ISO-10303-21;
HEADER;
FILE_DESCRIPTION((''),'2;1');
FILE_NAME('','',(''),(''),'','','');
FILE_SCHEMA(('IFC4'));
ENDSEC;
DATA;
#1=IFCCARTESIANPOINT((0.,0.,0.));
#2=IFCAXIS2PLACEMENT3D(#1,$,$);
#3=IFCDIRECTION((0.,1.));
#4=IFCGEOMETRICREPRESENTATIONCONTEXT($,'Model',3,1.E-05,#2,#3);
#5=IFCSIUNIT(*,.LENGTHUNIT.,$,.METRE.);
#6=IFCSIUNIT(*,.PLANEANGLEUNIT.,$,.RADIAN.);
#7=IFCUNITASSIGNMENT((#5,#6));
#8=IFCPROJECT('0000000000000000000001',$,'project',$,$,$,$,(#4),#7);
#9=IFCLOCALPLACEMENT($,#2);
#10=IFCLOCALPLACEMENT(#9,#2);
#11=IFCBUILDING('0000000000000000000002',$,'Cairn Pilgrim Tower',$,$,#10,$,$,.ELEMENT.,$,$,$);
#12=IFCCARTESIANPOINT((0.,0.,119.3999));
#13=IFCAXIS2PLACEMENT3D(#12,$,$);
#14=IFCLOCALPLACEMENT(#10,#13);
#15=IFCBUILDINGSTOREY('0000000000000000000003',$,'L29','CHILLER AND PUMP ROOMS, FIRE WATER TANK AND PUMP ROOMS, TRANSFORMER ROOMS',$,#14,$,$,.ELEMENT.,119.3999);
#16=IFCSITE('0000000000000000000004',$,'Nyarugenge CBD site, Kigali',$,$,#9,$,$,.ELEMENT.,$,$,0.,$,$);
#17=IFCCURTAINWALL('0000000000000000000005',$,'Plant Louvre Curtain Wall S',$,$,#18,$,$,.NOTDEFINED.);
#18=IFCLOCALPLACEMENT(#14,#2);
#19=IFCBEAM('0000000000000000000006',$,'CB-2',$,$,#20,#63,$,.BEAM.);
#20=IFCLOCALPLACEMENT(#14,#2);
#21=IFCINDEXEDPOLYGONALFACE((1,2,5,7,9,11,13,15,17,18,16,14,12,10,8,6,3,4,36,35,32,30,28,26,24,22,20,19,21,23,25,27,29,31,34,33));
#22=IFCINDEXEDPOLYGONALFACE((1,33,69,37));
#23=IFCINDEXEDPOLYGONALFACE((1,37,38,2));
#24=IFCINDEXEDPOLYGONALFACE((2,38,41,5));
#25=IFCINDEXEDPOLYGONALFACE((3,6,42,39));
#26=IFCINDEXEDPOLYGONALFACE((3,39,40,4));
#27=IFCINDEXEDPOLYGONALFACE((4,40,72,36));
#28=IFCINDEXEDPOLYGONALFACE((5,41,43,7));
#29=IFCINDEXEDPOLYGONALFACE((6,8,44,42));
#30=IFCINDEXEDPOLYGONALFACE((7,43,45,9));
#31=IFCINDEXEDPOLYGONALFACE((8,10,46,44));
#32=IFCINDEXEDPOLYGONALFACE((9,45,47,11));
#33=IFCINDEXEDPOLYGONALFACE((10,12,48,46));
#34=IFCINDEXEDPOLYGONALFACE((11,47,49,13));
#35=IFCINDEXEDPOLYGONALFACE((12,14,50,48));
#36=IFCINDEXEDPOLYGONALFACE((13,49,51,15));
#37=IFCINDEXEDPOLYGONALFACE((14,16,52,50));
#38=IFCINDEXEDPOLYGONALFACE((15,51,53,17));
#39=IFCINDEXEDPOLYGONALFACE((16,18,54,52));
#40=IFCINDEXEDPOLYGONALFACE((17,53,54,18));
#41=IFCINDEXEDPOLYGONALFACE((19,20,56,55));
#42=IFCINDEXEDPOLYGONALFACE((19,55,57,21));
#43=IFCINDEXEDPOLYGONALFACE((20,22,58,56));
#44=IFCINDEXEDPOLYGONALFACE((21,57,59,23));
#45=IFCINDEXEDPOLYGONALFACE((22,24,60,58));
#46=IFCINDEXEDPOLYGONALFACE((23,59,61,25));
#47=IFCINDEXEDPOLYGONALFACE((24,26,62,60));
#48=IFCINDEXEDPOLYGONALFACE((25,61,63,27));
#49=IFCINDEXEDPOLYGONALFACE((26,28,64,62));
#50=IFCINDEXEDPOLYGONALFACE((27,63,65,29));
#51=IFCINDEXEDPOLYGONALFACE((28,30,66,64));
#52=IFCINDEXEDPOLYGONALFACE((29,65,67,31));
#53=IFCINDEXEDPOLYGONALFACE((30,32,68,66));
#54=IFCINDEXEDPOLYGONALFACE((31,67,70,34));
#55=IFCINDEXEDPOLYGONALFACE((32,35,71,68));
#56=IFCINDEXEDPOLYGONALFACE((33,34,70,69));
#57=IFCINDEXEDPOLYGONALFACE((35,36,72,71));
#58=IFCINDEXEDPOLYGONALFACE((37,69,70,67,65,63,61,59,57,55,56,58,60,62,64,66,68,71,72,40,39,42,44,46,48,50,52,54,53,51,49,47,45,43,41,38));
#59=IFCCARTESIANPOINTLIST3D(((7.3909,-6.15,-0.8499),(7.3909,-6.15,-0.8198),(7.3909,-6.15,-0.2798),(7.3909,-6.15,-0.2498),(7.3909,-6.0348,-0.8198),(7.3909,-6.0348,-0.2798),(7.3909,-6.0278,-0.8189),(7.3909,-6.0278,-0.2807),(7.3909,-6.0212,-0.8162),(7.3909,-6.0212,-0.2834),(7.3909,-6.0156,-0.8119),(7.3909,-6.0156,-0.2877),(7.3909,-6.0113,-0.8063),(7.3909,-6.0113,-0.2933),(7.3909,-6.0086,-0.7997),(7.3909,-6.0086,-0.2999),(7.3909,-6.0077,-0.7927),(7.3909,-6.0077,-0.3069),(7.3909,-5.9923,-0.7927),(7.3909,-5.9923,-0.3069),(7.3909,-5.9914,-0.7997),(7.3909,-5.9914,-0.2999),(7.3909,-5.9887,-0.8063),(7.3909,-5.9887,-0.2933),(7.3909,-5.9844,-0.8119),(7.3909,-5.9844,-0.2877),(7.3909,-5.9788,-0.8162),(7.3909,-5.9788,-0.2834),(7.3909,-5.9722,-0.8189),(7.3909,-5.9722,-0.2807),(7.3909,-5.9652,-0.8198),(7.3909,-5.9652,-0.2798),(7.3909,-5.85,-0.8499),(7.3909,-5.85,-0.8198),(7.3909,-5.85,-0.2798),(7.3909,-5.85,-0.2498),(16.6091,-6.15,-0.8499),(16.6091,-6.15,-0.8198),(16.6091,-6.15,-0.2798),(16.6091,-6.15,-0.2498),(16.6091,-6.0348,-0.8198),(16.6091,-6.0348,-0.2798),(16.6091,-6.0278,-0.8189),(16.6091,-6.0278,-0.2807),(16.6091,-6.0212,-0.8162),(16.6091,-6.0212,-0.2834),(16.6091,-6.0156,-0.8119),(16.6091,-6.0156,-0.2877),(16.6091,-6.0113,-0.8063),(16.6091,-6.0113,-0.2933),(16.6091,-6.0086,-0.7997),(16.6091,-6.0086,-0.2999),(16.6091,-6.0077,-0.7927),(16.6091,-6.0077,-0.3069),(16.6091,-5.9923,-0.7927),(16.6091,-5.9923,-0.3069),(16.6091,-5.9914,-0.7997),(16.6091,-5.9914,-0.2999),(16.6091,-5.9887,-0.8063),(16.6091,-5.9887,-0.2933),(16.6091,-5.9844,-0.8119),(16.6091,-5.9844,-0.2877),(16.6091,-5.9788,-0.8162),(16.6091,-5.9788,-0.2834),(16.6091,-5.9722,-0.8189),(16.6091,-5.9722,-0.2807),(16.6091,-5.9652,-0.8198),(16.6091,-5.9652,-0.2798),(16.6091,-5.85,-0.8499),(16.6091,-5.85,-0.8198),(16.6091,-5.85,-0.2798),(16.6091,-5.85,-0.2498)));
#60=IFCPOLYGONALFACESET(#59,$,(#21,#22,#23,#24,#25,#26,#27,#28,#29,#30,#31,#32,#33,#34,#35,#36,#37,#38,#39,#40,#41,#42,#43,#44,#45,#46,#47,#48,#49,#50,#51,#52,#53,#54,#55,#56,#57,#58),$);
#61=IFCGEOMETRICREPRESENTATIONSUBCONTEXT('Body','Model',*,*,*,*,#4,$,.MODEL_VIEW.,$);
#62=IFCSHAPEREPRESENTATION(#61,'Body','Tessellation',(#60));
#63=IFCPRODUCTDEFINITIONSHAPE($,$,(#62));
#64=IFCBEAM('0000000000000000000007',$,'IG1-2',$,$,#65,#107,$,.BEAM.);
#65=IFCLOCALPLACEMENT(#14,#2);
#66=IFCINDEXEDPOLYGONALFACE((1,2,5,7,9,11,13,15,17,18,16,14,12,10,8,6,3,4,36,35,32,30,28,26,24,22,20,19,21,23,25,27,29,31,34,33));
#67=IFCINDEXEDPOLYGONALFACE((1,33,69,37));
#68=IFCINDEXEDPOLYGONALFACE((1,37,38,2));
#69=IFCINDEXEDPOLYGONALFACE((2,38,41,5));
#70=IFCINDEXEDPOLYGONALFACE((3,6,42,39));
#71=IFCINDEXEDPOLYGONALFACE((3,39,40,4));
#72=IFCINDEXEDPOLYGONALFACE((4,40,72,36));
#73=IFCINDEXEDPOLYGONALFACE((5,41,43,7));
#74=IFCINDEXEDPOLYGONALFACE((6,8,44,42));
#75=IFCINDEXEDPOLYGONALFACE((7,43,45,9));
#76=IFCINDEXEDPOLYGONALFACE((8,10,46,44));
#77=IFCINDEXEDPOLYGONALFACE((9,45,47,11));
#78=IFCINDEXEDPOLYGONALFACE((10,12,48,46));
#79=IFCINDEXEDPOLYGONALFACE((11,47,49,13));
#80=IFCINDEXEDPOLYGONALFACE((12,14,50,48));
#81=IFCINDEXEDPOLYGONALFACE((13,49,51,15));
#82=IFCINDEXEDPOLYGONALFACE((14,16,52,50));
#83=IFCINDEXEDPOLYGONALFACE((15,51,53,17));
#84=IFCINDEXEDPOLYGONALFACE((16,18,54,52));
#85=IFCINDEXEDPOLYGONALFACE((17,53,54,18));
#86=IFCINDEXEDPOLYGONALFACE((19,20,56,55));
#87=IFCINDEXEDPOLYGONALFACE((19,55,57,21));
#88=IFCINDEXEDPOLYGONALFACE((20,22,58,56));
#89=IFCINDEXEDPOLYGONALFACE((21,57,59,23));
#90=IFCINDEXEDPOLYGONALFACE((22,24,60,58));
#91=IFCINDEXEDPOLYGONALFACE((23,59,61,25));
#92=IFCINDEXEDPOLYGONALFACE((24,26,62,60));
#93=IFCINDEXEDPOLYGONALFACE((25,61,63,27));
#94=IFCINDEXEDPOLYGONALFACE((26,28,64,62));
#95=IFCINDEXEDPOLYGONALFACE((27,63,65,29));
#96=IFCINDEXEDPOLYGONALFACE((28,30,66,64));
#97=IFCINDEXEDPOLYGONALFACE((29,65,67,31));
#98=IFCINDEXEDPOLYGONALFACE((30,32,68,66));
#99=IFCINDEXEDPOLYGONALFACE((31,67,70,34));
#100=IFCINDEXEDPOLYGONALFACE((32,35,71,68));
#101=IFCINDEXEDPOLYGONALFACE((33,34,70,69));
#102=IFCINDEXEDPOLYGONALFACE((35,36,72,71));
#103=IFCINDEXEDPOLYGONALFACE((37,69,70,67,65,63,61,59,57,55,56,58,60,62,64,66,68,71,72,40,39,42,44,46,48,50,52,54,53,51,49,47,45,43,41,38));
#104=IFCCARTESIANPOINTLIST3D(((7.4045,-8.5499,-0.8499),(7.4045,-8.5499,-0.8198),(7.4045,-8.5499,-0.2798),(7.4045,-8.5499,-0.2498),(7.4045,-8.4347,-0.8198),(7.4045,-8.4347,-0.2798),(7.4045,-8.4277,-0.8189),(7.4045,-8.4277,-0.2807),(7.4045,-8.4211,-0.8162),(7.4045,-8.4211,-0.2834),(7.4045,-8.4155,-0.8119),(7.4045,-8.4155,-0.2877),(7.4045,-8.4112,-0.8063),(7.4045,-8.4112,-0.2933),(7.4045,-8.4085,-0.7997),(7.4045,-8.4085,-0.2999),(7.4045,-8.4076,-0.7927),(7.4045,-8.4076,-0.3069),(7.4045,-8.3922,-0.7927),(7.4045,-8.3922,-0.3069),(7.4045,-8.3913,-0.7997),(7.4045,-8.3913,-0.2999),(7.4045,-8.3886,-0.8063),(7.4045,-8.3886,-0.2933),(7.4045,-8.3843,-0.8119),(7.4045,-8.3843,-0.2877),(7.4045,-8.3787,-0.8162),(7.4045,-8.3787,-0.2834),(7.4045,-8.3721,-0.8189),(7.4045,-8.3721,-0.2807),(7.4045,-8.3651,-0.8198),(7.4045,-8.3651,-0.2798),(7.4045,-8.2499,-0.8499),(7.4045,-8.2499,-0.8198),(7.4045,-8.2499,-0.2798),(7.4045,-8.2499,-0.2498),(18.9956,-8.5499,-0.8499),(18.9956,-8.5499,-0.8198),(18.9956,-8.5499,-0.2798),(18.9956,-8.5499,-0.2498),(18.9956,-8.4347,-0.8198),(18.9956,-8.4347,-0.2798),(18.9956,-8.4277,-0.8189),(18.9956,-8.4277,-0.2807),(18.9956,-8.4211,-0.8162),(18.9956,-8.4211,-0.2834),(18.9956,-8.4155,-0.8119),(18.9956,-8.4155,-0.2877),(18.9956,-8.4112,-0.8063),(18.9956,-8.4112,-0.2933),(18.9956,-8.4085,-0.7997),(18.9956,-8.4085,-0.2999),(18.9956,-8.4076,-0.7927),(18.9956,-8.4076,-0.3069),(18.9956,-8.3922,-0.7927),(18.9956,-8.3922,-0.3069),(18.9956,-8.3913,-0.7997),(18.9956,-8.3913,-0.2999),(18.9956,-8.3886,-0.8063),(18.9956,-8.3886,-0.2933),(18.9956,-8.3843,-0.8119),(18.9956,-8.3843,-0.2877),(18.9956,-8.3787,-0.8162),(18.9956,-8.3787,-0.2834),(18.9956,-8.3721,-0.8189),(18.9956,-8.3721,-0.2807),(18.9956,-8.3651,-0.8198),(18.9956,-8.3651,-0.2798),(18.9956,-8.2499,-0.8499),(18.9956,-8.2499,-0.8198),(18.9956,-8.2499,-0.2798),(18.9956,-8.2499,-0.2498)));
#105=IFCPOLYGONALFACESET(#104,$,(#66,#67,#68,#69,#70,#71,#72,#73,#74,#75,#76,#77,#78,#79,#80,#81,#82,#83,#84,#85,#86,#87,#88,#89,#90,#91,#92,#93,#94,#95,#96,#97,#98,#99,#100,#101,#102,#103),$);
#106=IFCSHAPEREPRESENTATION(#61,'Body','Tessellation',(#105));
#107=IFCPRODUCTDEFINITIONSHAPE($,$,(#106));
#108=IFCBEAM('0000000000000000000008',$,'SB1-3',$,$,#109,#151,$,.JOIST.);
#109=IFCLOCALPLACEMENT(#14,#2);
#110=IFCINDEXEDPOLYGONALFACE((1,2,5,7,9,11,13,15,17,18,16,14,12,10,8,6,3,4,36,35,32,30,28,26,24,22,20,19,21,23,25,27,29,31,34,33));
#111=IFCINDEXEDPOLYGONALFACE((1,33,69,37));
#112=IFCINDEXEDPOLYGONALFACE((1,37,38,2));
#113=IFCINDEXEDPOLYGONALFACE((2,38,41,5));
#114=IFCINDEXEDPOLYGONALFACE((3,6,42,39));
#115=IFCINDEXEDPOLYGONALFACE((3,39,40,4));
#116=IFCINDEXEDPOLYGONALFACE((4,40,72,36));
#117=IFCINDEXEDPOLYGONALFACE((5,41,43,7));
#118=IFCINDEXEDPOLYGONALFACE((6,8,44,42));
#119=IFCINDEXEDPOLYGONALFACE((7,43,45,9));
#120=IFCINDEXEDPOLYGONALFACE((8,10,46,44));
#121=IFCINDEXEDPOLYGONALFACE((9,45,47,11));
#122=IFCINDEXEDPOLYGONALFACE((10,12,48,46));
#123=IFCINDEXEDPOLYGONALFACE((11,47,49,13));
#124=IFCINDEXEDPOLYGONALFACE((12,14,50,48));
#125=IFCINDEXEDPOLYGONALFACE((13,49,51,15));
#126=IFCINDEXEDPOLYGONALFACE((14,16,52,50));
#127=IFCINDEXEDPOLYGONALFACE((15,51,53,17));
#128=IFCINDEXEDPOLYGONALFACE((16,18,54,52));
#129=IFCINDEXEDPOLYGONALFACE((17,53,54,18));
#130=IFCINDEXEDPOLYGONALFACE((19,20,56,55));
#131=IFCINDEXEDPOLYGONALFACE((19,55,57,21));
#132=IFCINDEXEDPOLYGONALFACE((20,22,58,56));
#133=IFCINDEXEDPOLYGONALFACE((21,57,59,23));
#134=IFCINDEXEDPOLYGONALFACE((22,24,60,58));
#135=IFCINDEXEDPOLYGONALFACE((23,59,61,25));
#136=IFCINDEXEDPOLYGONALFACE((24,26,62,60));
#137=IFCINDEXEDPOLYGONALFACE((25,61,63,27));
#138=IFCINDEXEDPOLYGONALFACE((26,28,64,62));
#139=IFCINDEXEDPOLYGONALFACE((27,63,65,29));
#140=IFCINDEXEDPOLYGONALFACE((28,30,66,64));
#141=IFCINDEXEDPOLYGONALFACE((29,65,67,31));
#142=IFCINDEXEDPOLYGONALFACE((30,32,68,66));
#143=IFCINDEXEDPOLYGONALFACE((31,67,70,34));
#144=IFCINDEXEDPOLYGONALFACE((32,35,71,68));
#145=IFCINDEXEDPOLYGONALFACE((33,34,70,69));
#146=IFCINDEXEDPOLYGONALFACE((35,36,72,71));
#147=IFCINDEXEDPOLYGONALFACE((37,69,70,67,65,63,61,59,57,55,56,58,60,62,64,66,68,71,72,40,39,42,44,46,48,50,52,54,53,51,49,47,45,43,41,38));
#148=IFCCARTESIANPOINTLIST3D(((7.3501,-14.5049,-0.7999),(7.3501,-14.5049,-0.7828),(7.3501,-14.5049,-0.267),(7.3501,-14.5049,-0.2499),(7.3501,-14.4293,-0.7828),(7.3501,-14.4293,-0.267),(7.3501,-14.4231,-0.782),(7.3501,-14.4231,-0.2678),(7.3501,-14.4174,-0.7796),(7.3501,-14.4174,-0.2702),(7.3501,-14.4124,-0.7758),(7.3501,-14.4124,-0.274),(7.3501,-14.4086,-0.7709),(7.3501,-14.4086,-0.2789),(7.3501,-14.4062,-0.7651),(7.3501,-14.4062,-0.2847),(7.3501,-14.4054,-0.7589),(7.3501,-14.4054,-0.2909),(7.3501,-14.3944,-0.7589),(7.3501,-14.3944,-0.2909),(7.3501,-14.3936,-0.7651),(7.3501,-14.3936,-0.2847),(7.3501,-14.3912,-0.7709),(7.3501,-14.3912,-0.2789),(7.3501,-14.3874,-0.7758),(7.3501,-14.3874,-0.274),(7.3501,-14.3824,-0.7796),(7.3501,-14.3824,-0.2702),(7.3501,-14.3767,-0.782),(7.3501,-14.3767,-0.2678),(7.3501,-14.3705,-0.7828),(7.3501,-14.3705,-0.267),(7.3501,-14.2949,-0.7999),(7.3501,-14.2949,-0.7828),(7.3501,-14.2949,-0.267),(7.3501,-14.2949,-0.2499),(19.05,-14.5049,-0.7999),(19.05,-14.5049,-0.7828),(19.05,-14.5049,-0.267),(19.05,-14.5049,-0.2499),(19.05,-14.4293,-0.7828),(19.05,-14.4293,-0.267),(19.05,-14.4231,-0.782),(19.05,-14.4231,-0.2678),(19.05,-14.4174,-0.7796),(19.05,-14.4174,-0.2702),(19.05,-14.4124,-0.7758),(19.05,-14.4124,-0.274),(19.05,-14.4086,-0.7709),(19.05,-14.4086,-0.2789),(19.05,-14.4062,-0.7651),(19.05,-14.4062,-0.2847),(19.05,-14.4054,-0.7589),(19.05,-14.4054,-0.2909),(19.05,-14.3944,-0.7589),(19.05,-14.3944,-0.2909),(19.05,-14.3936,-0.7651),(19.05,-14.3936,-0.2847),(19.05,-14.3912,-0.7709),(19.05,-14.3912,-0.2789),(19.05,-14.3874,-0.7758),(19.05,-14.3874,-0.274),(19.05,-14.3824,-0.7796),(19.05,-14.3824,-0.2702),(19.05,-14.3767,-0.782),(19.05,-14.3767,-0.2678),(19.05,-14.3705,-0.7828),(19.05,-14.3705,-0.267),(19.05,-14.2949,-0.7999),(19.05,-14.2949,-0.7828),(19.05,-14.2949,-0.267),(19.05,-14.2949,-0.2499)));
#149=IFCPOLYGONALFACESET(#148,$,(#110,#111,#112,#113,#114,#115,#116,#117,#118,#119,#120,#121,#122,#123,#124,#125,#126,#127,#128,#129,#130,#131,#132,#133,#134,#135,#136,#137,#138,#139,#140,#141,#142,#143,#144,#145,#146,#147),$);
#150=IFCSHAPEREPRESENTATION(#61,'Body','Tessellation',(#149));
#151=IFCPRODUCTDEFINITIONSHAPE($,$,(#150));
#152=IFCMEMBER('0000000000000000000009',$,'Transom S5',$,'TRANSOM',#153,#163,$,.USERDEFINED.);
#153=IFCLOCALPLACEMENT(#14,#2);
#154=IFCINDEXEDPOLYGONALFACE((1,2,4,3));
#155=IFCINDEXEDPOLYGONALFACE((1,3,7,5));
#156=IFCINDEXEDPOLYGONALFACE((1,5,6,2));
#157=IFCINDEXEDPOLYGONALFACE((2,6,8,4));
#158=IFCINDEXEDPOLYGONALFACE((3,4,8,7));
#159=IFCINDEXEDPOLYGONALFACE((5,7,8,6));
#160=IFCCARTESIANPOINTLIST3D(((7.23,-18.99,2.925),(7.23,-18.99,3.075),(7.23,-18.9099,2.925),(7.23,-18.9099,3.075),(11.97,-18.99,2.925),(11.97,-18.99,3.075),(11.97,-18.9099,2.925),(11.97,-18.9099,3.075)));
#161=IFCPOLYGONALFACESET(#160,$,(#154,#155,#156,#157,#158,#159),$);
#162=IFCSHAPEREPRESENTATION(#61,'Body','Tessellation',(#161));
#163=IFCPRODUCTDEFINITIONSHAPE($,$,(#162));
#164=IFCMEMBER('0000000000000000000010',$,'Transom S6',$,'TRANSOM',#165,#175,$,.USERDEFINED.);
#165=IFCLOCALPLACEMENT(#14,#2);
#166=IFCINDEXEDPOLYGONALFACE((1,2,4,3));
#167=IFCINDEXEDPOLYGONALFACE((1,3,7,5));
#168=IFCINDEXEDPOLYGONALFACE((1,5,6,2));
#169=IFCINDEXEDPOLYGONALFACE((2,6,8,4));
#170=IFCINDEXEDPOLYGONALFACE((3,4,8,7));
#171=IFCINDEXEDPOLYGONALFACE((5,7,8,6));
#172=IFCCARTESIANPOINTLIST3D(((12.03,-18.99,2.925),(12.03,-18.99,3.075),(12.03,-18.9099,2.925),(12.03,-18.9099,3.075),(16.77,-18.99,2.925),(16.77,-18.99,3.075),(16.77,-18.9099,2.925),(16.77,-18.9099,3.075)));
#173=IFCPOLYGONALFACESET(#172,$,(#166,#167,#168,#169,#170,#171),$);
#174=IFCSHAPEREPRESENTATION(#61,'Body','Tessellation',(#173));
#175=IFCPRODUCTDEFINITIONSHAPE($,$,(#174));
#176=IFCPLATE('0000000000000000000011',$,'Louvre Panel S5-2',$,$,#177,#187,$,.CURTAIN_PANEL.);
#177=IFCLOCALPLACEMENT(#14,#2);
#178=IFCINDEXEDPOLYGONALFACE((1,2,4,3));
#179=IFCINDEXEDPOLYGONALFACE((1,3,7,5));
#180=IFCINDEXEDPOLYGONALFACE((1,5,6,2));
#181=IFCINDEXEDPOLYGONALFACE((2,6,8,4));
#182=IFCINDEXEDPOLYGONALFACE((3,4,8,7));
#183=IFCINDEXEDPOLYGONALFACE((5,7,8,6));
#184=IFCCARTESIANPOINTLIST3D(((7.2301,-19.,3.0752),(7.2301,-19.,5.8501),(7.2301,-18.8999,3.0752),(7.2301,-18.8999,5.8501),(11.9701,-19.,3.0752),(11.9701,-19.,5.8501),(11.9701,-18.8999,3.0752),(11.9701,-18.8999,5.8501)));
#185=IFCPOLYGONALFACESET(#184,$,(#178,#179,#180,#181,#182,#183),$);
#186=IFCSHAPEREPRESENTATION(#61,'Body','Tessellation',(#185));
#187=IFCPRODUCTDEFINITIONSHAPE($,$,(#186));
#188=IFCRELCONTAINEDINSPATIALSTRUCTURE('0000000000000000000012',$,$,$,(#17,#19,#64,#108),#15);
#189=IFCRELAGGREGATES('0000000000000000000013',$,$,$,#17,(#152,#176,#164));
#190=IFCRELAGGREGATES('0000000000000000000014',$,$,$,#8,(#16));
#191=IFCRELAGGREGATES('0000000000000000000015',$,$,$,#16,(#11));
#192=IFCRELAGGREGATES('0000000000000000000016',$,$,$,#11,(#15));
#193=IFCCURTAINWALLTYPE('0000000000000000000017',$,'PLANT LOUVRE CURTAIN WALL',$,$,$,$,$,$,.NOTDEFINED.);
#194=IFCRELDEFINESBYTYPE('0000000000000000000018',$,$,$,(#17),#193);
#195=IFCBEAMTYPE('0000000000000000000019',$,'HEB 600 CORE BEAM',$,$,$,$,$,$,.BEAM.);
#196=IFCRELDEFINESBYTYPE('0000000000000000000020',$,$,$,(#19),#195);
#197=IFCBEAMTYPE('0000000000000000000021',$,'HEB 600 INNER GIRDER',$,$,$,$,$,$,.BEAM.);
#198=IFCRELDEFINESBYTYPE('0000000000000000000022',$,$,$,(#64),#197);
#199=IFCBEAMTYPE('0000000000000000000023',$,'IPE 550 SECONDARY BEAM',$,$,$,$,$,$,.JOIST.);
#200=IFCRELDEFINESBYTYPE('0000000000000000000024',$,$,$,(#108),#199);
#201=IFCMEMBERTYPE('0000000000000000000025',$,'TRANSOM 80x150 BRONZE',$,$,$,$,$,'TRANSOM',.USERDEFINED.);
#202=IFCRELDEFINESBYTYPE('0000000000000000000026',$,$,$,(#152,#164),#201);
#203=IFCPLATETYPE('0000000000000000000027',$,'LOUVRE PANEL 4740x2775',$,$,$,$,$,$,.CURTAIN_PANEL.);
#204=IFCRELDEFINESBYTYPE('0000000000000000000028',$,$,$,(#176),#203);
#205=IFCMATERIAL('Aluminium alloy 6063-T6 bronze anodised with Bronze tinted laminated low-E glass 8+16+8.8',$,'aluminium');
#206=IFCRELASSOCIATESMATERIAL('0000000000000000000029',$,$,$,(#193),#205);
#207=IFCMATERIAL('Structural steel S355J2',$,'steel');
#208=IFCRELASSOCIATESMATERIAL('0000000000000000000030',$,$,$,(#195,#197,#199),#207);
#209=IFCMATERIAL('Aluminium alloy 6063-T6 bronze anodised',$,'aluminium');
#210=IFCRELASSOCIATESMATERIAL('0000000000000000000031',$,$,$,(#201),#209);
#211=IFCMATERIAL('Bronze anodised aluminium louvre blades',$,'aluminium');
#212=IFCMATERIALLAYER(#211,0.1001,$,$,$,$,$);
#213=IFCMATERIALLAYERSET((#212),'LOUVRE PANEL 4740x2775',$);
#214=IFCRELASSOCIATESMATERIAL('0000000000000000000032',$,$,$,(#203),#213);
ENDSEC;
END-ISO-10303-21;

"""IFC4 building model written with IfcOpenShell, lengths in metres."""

from ifc_helpers import new_model, si_unit, direction, frame, origin, origin_2d, place, context, subcontext, project, spatial, rectangle, i_section, extrude, material, layer, layer_set, material_profile, profile_set, type_object, element, aggregate, save


model = new_model("IFC4")

# Units and contexts
model_context = context("Model", 3, precision=1e-05, world=origin(), true_north=direction((0.0, 1.0)))
body_context = subcontext(model_context, "Body", "Model", "MODEL_VIEW")
ifc_project = project(units=[si_unit("LENGTHUNIT", "METRE"), si_unit("PLANEANGLEUNIT", "RADIAN")], contexts=[model_context])

# Site, building, storey
site_placement = place(None, origin())
site = spatial("IfcSite", under=ifc_project, at=site_placement, Name="Nyarugenge CBD site, Kigali", CompositionType="ELEMENT", RefElevation=0.0)
building_placement = place(site_placement, origin())
building = spatial("IfcBuilding", under=site, at=building_placement, Name="Cairn Pilgrim Tower", CompositionType="ELEMENT")
storey_placement = place(building_placement, frame((0.0, 0.0, 119.3999)))
storey = spatial("IfcBuildingStorey", under=building, at=storey_placement, Name="L29", Description="CHILLER AND PUMP ROOMS, FIRE WATER TANK AND PUMP ROOMS, TRANSFORMER ROOMS", CompositionType="ELEMENT", Elevation=119.3999)

# Curtain wall
ifc_material_1 = material(Name="Aluminium alloy 6063-T6 bronze anodised with Bronze tinted laminated low-E glass 8+16+8.8", Category="aluminium")
curtain_wall_type = type_object("IfcCurtainWallType", Name="PLANT LOUVRE CURTAIN WALL", PredefinedType="NOTDEFINED", material=ifc_material_1)
curtain_wall_placement = place(storey_placement, origin())
curtain_wall = element("IfcCurtainWall", 1, at=curtain_wall_placement, inside=storey, type_object=curtain_wall_type, Name="Plant Louvre Curtain Wall S", PredefinedType="NOTDEFINED")
ifc_material_2 = material(Name="Aluminium alloy 6063-T6 bronze anodised", Category="aluminium")

# Beams
ifc_material_3 = material(Name="Structural steel S355J2", Category="steel")
ifc_material_profile_1 = material_profile(ifc_material_3, i_section(OverallWidth=0.3, OverallDepth=0.6001, WebThickness=0.0154, FlangeThickness=0.03, FilletRadius=0.0271, at=origin_2d()), Name="HEB 600")
ifc_profile_set_1 = profile_set([ifc_material_profile_1], Name="Structural steel S355J2")
beam_type_1 = type_object("IfcBeamType", Name="HEB 600 CORE BEAM", PredefinedType="BEAM", material=ifc_profile_set_1)
beam_1_placement = place(storey_placement, frame((7.3909, -6.0, -0.5498), z_axis=(1.0, 0.0, 0.0), x_axis=(0.0, 1.0, 0.0)))
element("IfcBeam", 2, at=beam_1_placement, inside=storey, type_object=beam_type_1, Name="CB-2", PredefinedType="BEAM", context=body_context, shape_type="SweptSolid", body=[
    extrude(i_section(OverallWidth=0.3, OverallDepth=0.6001, WebThickness=0.0154, FlangeThickness=0.03, FilletRadius=0.0271, at=origin_2d()), origin(), (0.0, 0.0, 1.0), 9.2183),
])
ifc_material_profile_2 = material_profile(ifc_material_3, i_section(OverallWidth=0.3, OverallDepth=0.6001, WebThickness=0.0154, FlangeThickness=0.03, FilletRadius=0.0271, at=origin_2d()), Name="HEB 600")
ifc_profile_set_2 = profile_set([ifc_material_profile_2], Name="Structural steel S355J2")
beam_type_2 = type_object("IfcBeamType", Name="HEB 600 INNER GIRDER", PredefinedType="BEAM", material=ifc_profile_set_2)
beam_2_placement = place(storey_placement, frame((7.4045, -8.3999, -0.5498), z_axis=(1.0, 0.0, 0.0), x_axis=(0.0, 1.0, 0.0)))
element("IfcBeam", 3, at=beam_2_placement, inside=storey, type_object=beam_type_2, Name="IG1-2", PredefinedType="BEAM", context=body_context, shape_type="SweptSolid", body=[
    extrude(i_section(OverallWidth=0.3, OverallDepth=0.6001, WebThickness=0.0154, FlangeThickness=0.03, FilletRadius=0.0271, at=origin_2d()), origin(), (0.0, 0.0, 1.0), 11.5911),
])
ifc_material_profile_3 = material_profile(ifc_material_3, i_section(OverallWidth=0.21, OverallDepth=0.55, WebThickness=0.011, FlangeThickness=0.0171, FilletRadius=0.0239, at=origin_2d()), Name="IPE 550")
ifc_profile_set_3 = profile_set([ifc_material_profile_3], Name="Structural steel S355J2")
beam_type_3 = type_object("IfcBeamType", Name="IPE 550 SECONDARY BEAM", PredefinedType="JOIST", material=ifc_profile_set_3)
beam_3_placement = place(storey_placement, frame((7.3501, -14.3999, -0.5249), z_axis=(1.0, 0.0, 0.0), x_axis=(0.0, 1.0, 0.0)))
element("IfcBeam", 4, at=beam_3_placement, inside=storey, type_object=beam_type_3, Name="SB1-3", PredefinedType="JOIST", context=body_context, shape_type="SweptSolid", body=[
    extrude(i_section(OverallWidth=0.21, OverallDepth=0.55, WebThickness=0.011, FlangeThickness=0.0171, FilletRadius=0.0239, at=origin_2d()), origin(), (0.0, 0.0, 1.0), 11.7),
])

# Members
ifc_material_profile_4 = material_profile(ifc_material_2, rectangle(XDim=0.0801, YDim=0.1499, at=origin_2d()), Name="TRANSOM 80x150 BRONZE")
ifc_profile_set_4 = profile_set([ifc_material_profile_4], Name="Aluminium alloy 6063-T6 bronze anodised")
member_type_1 = type_object("IfcMemberType", Name="TRANSOM 80x150 BRONZE", ElementType="TRANSOM", PredefinedType="USERDEFINED", material=ifc_profile_set_4)
member_1_placement = place(storey_placement, frame((7.23, -18.95, 3.0), z_axis=(1.0, 0.0, 0.0), x_axis=(0.0, 1.0, 0.0)))
member_1 = element("IfcMember", 5, at=member_1_placement, type_object=member_type_1, Name="Transom S5", ObjectType="TRANSOM", PredefinedType="USERDEFINED", context=body_context, shape_type="SweptSolid", body=[
    extrude(rectangle(XDim=0.0801, YDim=0.1499, at=origin_2d()), origin(), (0.0, 0.0, 1.0), 4.74),
])
member_2_placement = place(storey_placement, frame((12.03, -18.95, 3.0), z_axis=(1.0, 0.0, 0.0), x_axis=(0.0, 1.0, 0.0)))
member_2 = element("IfcMember", 6, at=member_2_placement, type_object=member_type_1, Name="Transom S6", ObjectType="TRANSOM", PredefinedType="USERDEFINED", context=body_context, shape_type="SweptSolid", body=[
    extrude(rectangle(XDim=0.0801, YDim=0.1499, at=origin_2d()), origin(), (0.0, 0.0, 1.0), 4.74),
])

# Plate
ifc_material_4 = material(Name="Bronze anodised aluminium louvre blades", Category="aluminium")
ifc_layer_1 = layer(ifc_material_4, 0.1001)
ifc_layer_set_1 = layer_set([ifc_layer_1], Name="LOUVRE PANEL 4740x2775")
plate_type_1 = type_object("IfcPlateType", Name="LOUVRE PANEL 4740x2775", PredefinedType="CURTAIN_PANEL", material=ifc_layer_set_1)
plate_1_placement = place(storey_placement, frame((9.6001, -18.95, 3.0752), z_axis=(0.0, 0.0, 1.0), x_axis=(1.0, 0.0, 0.0)))
plate_1 = element("IfcPlate", 7, at=plate_1_placement, type_object=plate_type_1, Name="Louvre Panel S5-2", PredefinedType="CURTAIN_PANEL", context=body_context, shape_type="SweptSolid", body=[
    extrude(rectangle(XDim=4.74, YDim=0.1001, at=origin_2d()), origin(), (0.0, 0.0, 1.0), 2.7749),
])
aggregate(curtain_wall, [member_1, plate_1, member_2])

save(model, "model.ifc")
